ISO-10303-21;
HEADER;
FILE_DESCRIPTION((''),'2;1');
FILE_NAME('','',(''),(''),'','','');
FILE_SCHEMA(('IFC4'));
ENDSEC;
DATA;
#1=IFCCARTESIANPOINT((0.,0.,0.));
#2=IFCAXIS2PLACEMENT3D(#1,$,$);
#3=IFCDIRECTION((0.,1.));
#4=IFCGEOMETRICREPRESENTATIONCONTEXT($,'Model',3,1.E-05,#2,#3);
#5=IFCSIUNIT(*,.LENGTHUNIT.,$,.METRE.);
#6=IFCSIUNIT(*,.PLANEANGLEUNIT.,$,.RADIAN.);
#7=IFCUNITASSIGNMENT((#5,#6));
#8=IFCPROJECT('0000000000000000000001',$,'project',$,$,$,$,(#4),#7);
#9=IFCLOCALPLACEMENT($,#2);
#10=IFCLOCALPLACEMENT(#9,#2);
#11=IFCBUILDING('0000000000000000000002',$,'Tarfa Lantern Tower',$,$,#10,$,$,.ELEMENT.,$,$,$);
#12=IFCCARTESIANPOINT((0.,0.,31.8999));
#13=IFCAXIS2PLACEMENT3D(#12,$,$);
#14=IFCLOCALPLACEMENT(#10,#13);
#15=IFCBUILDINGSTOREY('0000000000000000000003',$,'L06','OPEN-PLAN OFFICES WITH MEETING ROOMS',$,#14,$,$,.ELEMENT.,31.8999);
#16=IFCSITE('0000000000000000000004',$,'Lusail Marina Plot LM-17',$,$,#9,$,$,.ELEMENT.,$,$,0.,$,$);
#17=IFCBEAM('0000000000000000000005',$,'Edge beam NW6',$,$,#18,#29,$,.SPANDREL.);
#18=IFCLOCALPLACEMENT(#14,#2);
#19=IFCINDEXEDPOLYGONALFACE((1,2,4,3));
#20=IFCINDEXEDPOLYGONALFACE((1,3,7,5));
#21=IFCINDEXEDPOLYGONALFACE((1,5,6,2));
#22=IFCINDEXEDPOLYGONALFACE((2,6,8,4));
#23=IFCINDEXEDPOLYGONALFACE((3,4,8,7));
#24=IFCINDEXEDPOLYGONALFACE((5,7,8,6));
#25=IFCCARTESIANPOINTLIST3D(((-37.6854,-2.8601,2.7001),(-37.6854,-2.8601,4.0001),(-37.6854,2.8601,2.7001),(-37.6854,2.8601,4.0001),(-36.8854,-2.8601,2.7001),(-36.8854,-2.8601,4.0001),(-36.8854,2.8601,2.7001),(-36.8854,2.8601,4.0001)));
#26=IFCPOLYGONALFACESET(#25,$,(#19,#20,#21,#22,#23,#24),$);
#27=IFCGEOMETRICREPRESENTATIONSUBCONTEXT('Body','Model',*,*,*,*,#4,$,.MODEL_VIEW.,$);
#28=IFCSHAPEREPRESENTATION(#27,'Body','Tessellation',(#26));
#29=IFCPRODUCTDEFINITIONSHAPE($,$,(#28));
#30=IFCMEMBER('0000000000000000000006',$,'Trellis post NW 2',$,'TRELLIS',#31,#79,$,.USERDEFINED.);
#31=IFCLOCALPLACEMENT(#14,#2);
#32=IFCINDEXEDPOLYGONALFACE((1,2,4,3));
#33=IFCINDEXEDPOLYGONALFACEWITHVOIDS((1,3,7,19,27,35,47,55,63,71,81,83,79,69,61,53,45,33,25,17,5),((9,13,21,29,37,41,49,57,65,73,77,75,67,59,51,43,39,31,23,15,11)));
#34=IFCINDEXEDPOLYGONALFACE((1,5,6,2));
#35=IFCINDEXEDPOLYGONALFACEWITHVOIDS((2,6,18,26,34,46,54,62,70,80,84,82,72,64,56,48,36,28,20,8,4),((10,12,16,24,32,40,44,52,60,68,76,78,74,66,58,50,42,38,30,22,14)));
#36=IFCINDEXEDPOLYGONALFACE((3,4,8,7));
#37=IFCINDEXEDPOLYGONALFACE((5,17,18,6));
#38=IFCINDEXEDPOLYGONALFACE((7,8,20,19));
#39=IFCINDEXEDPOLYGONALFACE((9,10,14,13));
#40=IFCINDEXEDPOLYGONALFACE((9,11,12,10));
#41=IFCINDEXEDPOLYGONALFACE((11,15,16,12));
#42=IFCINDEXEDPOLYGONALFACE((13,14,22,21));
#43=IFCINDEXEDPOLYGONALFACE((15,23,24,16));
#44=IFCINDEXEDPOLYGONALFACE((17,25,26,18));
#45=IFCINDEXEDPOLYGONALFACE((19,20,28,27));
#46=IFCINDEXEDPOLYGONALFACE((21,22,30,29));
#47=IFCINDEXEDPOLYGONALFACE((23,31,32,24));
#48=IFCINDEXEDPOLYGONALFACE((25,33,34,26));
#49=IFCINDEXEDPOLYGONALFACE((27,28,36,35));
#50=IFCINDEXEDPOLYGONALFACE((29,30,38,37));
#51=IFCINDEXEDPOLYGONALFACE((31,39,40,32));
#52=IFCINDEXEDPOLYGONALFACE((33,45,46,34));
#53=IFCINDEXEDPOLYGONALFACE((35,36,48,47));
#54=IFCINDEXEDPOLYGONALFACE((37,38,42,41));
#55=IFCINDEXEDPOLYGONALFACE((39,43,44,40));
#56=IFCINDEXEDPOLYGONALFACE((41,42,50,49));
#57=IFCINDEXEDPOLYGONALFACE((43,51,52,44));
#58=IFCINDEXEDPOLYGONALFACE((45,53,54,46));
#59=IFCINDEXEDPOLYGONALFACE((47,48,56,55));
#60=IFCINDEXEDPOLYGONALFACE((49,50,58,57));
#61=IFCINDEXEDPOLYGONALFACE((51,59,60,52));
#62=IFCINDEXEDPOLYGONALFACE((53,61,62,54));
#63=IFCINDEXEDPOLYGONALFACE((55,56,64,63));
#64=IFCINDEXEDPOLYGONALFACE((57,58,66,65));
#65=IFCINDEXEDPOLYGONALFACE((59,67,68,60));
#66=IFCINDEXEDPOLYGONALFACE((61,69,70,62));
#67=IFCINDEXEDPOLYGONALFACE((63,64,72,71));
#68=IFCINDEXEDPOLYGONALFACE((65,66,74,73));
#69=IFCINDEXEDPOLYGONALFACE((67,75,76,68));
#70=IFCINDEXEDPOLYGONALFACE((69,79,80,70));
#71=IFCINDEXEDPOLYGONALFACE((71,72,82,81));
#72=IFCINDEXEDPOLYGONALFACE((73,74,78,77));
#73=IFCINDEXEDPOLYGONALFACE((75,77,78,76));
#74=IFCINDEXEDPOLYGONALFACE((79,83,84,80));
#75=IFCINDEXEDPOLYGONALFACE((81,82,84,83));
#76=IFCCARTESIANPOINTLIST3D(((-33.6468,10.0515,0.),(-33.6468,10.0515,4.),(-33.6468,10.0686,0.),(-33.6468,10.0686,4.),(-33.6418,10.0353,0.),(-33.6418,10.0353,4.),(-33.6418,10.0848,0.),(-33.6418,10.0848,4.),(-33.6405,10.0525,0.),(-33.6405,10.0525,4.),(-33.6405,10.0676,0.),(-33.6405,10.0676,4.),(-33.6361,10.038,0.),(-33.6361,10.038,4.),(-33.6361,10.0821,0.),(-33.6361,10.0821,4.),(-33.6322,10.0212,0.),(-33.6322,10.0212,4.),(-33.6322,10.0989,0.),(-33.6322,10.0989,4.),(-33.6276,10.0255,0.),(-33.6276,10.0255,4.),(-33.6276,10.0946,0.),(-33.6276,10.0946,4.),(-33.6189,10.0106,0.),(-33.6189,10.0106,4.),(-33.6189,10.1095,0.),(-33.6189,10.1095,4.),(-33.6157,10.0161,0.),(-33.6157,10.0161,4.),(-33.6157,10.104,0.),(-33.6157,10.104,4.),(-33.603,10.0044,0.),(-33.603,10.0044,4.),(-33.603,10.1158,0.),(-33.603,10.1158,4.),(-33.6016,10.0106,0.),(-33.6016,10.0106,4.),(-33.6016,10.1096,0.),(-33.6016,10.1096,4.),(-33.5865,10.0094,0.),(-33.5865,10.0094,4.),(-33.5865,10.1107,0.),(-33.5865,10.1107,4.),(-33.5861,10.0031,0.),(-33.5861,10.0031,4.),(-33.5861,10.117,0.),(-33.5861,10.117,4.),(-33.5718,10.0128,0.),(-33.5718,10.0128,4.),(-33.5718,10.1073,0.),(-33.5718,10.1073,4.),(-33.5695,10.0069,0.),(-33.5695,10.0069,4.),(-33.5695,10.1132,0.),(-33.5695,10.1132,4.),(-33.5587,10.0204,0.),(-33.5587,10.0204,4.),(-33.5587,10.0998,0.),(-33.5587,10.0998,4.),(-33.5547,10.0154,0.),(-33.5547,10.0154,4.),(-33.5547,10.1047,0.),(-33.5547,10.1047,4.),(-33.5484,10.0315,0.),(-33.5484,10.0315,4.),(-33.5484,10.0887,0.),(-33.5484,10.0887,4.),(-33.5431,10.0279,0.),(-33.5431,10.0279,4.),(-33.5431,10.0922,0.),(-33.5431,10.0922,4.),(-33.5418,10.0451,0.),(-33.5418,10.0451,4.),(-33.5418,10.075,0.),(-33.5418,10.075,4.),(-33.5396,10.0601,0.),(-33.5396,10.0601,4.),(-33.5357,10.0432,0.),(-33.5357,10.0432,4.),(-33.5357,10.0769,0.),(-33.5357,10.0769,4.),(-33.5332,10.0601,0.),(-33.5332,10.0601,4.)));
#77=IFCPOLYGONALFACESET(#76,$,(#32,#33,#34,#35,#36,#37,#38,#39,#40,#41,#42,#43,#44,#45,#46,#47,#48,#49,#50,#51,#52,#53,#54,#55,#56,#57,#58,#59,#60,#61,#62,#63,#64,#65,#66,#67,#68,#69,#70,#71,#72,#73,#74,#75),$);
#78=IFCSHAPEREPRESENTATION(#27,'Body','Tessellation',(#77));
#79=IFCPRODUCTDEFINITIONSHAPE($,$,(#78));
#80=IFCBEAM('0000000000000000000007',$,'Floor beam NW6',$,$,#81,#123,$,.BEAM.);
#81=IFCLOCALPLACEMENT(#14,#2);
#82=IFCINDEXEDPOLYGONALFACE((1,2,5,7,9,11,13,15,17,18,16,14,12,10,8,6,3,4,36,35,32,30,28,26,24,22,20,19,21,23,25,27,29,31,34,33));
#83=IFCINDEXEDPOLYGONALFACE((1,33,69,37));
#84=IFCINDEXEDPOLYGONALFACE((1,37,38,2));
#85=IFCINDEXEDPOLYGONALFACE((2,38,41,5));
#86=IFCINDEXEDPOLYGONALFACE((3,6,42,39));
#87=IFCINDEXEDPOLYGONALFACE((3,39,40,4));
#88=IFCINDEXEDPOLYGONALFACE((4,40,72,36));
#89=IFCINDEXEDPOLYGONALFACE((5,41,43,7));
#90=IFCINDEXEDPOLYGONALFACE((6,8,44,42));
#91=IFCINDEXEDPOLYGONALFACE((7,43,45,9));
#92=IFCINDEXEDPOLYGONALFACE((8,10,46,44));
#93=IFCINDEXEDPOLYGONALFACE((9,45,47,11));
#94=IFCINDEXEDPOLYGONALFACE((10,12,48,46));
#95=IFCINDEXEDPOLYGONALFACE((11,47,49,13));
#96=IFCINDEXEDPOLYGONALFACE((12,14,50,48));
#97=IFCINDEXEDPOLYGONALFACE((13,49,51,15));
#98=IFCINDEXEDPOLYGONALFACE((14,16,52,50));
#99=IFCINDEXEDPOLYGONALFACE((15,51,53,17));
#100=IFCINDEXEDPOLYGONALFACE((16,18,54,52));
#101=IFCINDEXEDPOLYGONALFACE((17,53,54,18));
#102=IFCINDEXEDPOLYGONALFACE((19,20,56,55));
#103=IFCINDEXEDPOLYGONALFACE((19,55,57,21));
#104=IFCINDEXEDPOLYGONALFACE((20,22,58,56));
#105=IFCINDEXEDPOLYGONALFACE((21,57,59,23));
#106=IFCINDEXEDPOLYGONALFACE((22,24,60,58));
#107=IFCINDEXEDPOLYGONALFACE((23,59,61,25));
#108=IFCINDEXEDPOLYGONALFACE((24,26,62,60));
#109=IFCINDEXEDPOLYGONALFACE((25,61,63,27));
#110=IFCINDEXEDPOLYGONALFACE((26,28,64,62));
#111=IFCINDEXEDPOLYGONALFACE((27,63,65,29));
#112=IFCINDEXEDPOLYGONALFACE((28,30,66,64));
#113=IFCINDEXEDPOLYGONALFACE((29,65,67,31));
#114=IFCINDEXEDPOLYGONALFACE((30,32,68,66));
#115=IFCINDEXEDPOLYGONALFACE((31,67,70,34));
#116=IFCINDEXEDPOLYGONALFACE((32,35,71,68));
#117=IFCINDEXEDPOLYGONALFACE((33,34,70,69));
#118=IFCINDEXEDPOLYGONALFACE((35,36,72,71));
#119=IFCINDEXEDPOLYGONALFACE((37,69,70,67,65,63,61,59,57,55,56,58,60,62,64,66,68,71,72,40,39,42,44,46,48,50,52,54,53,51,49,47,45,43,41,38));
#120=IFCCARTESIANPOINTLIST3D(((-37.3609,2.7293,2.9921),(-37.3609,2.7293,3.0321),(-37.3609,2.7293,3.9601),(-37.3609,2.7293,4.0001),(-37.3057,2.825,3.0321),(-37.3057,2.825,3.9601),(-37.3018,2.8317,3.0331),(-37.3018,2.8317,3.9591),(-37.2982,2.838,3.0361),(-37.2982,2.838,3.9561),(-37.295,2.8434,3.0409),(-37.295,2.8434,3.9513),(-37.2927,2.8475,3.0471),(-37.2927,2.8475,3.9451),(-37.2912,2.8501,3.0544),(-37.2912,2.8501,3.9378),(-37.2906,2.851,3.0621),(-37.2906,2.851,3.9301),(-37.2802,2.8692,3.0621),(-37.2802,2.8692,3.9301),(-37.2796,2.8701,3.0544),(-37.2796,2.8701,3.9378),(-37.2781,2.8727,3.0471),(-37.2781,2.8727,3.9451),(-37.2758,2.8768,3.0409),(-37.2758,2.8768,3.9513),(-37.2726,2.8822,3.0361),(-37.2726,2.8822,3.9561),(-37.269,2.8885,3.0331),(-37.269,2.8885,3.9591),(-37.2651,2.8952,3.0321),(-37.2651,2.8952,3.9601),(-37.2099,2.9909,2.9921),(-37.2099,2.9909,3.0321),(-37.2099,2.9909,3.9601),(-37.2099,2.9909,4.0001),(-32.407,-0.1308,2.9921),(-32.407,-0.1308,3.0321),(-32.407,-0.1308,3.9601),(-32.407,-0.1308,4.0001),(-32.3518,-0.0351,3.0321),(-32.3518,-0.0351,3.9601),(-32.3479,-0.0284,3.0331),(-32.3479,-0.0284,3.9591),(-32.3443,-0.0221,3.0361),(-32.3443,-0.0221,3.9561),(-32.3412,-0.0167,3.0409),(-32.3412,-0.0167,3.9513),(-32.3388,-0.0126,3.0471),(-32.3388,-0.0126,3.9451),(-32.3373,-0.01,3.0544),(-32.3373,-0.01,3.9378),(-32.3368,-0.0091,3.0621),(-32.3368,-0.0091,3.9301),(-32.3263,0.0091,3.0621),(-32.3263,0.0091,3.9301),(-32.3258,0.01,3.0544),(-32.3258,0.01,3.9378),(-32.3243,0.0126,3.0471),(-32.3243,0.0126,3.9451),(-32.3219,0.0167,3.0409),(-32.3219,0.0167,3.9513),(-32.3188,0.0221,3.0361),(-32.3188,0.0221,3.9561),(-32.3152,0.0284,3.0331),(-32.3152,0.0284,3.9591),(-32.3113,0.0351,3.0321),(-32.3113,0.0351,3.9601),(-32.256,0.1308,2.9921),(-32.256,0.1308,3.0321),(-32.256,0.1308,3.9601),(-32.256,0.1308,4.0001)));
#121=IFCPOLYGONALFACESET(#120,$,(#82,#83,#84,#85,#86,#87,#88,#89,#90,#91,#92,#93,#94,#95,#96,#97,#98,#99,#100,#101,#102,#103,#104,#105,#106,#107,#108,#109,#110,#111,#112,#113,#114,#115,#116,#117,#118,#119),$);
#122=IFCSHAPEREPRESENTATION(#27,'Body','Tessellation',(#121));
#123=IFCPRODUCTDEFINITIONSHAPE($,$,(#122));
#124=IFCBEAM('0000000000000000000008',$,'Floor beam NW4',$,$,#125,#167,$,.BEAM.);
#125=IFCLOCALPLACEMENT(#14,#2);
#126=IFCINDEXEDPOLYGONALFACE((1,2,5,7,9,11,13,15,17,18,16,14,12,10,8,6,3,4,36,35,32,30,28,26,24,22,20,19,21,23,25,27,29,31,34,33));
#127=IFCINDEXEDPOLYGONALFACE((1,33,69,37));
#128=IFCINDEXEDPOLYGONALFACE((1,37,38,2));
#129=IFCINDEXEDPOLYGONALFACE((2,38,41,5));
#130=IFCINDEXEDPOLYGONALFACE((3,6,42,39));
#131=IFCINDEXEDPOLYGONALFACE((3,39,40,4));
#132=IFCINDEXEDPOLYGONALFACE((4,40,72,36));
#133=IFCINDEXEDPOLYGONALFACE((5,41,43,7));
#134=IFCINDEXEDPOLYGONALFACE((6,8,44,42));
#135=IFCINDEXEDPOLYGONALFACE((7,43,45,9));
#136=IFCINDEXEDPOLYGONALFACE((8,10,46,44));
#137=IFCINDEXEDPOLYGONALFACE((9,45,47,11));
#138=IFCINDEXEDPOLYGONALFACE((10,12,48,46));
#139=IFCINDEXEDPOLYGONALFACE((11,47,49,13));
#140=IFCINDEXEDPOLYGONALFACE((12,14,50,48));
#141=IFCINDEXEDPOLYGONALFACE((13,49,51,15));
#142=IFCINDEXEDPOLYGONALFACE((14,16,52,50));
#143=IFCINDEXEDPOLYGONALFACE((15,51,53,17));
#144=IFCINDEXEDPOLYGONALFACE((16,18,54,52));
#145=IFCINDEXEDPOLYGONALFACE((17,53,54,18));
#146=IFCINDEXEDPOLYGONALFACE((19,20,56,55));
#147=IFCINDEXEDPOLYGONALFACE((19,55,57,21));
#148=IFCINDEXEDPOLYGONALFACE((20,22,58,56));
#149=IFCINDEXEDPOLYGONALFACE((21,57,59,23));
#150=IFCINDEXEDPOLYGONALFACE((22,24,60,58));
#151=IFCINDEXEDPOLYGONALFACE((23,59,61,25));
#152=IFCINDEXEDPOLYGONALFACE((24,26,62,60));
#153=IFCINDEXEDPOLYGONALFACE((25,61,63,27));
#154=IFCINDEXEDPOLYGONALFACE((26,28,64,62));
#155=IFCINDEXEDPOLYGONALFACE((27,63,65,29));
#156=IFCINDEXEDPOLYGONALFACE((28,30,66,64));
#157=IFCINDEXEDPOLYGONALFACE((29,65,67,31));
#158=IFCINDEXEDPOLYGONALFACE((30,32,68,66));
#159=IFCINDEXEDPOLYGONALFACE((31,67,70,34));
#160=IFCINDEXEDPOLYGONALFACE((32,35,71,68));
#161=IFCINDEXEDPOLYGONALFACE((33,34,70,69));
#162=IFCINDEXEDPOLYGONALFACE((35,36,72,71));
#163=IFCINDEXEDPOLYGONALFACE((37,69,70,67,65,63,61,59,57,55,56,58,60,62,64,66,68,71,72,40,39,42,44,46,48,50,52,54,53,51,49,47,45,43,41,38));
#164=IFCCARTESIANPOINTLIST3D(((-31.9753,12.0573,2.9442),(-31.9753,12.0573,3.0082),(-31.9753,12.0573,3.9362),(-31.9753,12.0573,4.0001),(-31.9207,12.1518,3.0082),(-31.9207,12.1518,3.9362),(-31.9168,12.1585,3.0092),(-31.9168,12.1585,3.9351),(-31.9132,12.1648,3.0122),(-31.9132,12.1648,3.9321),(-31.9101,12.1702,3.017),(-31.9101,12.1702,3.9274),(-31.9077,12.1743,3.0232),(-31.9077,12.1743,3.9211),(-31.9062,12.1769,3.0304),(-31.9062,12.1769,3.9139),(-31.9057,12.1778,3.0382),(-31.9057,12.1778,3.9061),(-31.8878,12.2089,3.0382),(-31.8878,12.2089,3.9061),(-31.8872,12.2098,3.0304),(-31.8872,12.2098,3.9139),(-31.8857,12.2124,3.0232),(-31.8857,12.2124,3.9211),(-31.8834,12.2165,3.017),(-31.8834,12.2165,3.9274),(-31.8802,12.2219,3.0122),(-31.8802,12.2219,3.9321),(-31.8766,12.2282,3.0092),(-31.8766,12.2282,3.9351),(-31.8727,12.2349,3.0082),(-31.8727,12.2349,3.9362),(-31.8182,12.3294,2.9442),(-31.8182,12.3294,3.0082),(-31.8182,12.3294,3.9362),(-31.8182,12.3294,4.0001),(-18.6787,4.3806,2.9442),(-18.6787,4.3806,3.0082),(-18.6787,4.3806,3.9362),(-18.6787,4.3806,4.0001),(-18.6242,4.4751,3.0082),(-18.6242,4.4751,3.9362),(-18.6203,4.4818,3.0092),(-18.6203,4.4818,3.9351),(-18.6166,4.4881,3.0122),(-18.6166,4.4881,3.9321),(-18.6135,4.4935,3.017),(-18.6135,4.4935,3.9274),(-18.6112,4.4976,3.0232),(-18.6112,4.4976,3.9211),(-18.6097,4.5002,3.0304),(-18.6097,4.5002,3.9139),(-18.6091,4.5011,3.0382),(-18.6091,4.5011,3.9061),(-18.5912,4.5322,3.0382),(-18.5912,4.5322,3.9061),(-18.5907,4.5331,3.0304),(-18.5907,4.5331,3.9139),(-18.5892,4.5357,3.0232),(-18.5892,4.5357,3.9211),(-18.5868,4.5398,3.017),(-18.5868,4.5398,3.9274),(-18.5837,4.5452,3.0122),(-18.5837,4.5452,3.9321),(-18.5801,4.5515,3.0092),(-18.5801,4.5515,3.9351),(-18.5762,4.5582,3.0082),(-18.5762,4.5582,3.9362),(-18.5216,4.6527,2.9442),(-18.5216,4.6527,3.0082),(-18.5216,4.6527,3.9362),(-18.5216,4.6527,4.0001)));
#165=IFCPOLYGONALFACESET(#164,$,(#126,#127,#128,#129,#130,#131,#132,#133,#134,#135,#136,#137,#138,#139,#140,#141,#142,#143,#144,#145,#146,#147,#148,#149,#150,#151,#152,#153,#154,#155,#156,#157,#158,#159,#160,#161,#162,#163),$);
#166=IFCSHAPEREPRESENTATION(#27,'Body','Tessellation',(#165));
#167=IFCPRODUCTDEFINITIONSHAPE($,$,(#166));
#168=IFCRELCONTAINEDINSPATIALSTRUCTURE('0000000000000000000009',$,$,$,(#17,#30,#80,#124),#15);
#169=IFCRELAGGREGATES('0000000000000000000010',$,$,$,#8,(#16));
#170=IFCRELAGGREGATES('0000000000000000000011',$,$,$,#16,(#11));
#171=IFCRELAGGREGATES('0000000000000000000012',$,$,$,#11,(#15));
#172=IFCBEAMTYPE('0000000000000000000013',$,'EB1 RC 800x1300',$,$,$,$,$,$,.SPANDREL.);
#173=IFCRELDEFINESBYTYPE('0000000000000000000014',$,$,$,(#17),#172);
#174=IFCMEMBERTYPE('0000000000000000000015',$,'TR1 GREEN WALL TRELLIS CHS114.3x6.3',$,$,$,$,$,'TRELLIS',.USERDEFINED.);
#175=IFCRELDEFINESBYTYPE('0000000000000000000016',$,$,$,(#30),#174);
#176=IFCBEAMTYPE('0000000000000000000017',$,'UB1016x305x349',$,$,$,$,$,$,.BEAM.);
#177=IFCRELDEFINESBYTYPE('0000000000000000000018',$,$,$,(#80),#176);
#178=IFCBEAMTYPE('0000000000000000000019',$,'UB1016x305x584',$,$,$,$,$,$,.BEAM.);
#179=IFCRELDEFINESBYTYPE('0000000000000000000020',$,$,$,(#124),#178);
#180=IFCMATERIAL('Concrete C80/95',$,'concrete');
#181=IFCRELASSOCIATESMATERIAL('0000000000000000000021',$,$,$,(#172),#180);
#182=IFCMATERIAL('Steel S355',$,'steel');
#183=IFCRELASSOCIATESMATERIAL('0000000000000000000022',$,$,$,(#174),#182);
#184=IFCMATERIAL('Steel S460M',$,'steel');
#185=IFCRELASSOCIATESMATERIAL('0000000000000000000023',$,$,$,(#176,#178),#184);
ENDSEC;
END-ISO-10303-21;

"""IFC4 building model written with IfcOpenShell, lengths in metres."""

from ifc_helpers import new_model, si_unit, direction, frame, origin, origin_2d, place, context, subcontext, project, spatial, rectangle, hollow_circle, i_section, extrude, material, material_profile, profile_set, type_object, element, save


model = new_model("IFC4")

# Units and contexts
model_context = context("Model", 3, precision=1e-05, world=origin(), true_north=direction((0.0, 1.0)))
body_context = subcontext(model_context, "Body", "Model", "MODEL_VIEW")
ifc_project = project(units=[si_unit("LENGTHUNIT", "METRE"), si_unit("PLANEANGLEUNIT", "RADIAN")], contexts=[model_context])

# Site, building, storey
site_placement = place(None, origin())
site = spatial("IfcSite", under=ifc_project, at=site_placement, Name="Lusail Marina Plot LM-17", CompositionType="ELEMENT", RefElevation=0.0)
building_placement = place(site_placement, origin())
building = spatial("IfcBuilding", under=site, at=building_placement, Name="Tarfa Lantern Tower", CompositionType="ELEMENT")
storey_placement = place(building_placement, frame((0.0, 0.0, 31.8999)))
storey = spatial("IfcBuildingStorey", under=building, at=storey_placement, Name="L06", Description="OPEN-PLAN OFFICES WITH MEETING ROOMS", CompositionType="ELEMENT", Elevation=31.8999)

# Shared definitions
ifc_material_1 = material(Name="Concrete C80/95", Category="concrete")

# Beam
ifc_material_profile_1 = material_profile(ifc_material_1, rectangle(XDim=0.8, YDim=1.3, at=origin_2d()), Name="RC 800x1300")
ifc_profile_set_1 = profile_set([ifc_material_profile_1], Name="Concrete C80/95")
beam_type_1 = type_object("IfcBeamType", Name="EB1 RC 800x1300", PredefinedType="SPANDREL", material=ifc_profile_set_1)
beam_1_placement = place(storey_placement, frame((-37.2854, 2.8601, 3.3501), z_axis=(0.0, -1.0, 0.0), x_axis=(1.0, 0.0, 0.0)))
element("IfcBeam", 1, at=beam_1_placement, inside=storey, type_object=beam_type_1, Name="Edge beam NW6", PredefinedType="SPANDREL", context=body_context, shape_type="SweptSolid", body=[
    extrude(rectangle(XDim=0.8, YDim=1.3, at=origin_2d()), origin(), (0.0, 0.0, 1.0), 5.7202),
])

# Member
ifc_material_2 = material(Name="Steel S355", Category="steel")
ifc_material_profile_2 = material_profile(ifc_material_2, hollow_circle(Radius=0.0571, WallThickness=0.0063, at=origin_2d()), Name="CHS114.3x6.3")
ifc_profile_set_2 = profile_set([ifc_material_profile_2], Name="Steel S355")
member_type_1 = type_object("IfcMemberType", Name="TR1 GREEN WALL TRELLIS CHS114.3x6.3", ElementType="TRELLIS", PredefinedType="USERDEFINED", material=ifc_profile_set_2)
member_1_placement = place(storey_placement, frame((-33.5903, 10.0601, 0.0), z_axis=(0.0, 0.0, 1.0), x_axis=(1.0, 0.0, 0.0)))
element("IfcMember", 2, at=member_1_placement, inside=storey, type_object=member_type_1, Name="Trellis post NW 2", ObjectType="TRELLIS", PredefinedType="USERDEFINED", context=body_context, shape_type="SweptSolid", body=[
    extrude(hollow_circle(Radius=0.0571, WallThickness=0.0063, at=origin_2d()), origin(), (0.0, 0.0, 1.0), 4.0),
])

# Beams
ifc_material_3 = material(Name="Steel S460M", Category="steel")
ifc_material_profile_3 = material_profile(ifc_material_3, i_section(OverallWidth=0.302, OverallDepth=1.0081, WebThickness=0.021, FlangeThickness=0.04, FilletRadius=0.03, at=origin_2d()), Name="UB1016x305x349")
ifc_profile_set_3 = profile_set([ifc_material_profile_3], Name="Steel S460M")
beam_type_2 = type_object("IfcBeamType", Name="UB1016x305x349", PredefinedType="BEAM", material=ifc_profile_set_3)
beam_2_placement = place(storey_placement, frame((-37.2854, 2.8601, 3.4961), z_axis=(0.866026, -0.5, 0.0), x_axis=(0.5, 0.866026, 0.0)))
element("IfcBeam", 3, at=beam_2_placement, inside=storey, type_object=beam_type_2, Name="Floor beam NW6", PredefinedType="BEAM", context=body_context, shape_type="SweptSolid", body=[
    extrude(i_section(OverallWidth=0.302, OverallDepth=1.0081, WebThickness=0.021, FlangeThickness=0.04, FilletRadius=0.03, at=origin_2d()), origin(), (0.0, 0.0, 1.0), 5.7202),
])
ifc_material_profile_4 = material_profile(ifc_material_3, i_section(OverallWidth=0.3142, OverallDepth=1.0559, WebThickness=0.0359, FlangeThickness=0.064, FilletRadius=0.03, at=origin_2d()), Name="UB1016x305x584")
ifc_profile_set_4 = profile_set([ifc_material_profile_4], Name="Steel S460M")
beam_type_3 = type_object("IfcBeamType", Name="UB1016x305x584", PredefinedType="BEAM", material=ifc_profile_set_4)
beam_3_placement = place(storey_placement, frame((-31.8967, 12.1934, 3.4722), z_axis=(0.866027, -0.499997, 0.0), x_axis=(0.499997, 0.866027, 0.0)))
element("IfcBeam", 4, at=beam_3_placement, inside=storey, type_object=beam_type_3, Name="Floor beam NW4", PredefinedType="BEAM", context=body_context, shape_type="SweptSolid", body=[
    extrude(i_section(OverallWidth=0.3142, OverallDepth=1.0559, WebThickness=0.0359, FlangeThickness=0.064, FilletRadius=0.03, at=origin_2d()), origin(), (0.0, 0.0, 1.0), 15.3535),
])

save(model, "model.ifc")
